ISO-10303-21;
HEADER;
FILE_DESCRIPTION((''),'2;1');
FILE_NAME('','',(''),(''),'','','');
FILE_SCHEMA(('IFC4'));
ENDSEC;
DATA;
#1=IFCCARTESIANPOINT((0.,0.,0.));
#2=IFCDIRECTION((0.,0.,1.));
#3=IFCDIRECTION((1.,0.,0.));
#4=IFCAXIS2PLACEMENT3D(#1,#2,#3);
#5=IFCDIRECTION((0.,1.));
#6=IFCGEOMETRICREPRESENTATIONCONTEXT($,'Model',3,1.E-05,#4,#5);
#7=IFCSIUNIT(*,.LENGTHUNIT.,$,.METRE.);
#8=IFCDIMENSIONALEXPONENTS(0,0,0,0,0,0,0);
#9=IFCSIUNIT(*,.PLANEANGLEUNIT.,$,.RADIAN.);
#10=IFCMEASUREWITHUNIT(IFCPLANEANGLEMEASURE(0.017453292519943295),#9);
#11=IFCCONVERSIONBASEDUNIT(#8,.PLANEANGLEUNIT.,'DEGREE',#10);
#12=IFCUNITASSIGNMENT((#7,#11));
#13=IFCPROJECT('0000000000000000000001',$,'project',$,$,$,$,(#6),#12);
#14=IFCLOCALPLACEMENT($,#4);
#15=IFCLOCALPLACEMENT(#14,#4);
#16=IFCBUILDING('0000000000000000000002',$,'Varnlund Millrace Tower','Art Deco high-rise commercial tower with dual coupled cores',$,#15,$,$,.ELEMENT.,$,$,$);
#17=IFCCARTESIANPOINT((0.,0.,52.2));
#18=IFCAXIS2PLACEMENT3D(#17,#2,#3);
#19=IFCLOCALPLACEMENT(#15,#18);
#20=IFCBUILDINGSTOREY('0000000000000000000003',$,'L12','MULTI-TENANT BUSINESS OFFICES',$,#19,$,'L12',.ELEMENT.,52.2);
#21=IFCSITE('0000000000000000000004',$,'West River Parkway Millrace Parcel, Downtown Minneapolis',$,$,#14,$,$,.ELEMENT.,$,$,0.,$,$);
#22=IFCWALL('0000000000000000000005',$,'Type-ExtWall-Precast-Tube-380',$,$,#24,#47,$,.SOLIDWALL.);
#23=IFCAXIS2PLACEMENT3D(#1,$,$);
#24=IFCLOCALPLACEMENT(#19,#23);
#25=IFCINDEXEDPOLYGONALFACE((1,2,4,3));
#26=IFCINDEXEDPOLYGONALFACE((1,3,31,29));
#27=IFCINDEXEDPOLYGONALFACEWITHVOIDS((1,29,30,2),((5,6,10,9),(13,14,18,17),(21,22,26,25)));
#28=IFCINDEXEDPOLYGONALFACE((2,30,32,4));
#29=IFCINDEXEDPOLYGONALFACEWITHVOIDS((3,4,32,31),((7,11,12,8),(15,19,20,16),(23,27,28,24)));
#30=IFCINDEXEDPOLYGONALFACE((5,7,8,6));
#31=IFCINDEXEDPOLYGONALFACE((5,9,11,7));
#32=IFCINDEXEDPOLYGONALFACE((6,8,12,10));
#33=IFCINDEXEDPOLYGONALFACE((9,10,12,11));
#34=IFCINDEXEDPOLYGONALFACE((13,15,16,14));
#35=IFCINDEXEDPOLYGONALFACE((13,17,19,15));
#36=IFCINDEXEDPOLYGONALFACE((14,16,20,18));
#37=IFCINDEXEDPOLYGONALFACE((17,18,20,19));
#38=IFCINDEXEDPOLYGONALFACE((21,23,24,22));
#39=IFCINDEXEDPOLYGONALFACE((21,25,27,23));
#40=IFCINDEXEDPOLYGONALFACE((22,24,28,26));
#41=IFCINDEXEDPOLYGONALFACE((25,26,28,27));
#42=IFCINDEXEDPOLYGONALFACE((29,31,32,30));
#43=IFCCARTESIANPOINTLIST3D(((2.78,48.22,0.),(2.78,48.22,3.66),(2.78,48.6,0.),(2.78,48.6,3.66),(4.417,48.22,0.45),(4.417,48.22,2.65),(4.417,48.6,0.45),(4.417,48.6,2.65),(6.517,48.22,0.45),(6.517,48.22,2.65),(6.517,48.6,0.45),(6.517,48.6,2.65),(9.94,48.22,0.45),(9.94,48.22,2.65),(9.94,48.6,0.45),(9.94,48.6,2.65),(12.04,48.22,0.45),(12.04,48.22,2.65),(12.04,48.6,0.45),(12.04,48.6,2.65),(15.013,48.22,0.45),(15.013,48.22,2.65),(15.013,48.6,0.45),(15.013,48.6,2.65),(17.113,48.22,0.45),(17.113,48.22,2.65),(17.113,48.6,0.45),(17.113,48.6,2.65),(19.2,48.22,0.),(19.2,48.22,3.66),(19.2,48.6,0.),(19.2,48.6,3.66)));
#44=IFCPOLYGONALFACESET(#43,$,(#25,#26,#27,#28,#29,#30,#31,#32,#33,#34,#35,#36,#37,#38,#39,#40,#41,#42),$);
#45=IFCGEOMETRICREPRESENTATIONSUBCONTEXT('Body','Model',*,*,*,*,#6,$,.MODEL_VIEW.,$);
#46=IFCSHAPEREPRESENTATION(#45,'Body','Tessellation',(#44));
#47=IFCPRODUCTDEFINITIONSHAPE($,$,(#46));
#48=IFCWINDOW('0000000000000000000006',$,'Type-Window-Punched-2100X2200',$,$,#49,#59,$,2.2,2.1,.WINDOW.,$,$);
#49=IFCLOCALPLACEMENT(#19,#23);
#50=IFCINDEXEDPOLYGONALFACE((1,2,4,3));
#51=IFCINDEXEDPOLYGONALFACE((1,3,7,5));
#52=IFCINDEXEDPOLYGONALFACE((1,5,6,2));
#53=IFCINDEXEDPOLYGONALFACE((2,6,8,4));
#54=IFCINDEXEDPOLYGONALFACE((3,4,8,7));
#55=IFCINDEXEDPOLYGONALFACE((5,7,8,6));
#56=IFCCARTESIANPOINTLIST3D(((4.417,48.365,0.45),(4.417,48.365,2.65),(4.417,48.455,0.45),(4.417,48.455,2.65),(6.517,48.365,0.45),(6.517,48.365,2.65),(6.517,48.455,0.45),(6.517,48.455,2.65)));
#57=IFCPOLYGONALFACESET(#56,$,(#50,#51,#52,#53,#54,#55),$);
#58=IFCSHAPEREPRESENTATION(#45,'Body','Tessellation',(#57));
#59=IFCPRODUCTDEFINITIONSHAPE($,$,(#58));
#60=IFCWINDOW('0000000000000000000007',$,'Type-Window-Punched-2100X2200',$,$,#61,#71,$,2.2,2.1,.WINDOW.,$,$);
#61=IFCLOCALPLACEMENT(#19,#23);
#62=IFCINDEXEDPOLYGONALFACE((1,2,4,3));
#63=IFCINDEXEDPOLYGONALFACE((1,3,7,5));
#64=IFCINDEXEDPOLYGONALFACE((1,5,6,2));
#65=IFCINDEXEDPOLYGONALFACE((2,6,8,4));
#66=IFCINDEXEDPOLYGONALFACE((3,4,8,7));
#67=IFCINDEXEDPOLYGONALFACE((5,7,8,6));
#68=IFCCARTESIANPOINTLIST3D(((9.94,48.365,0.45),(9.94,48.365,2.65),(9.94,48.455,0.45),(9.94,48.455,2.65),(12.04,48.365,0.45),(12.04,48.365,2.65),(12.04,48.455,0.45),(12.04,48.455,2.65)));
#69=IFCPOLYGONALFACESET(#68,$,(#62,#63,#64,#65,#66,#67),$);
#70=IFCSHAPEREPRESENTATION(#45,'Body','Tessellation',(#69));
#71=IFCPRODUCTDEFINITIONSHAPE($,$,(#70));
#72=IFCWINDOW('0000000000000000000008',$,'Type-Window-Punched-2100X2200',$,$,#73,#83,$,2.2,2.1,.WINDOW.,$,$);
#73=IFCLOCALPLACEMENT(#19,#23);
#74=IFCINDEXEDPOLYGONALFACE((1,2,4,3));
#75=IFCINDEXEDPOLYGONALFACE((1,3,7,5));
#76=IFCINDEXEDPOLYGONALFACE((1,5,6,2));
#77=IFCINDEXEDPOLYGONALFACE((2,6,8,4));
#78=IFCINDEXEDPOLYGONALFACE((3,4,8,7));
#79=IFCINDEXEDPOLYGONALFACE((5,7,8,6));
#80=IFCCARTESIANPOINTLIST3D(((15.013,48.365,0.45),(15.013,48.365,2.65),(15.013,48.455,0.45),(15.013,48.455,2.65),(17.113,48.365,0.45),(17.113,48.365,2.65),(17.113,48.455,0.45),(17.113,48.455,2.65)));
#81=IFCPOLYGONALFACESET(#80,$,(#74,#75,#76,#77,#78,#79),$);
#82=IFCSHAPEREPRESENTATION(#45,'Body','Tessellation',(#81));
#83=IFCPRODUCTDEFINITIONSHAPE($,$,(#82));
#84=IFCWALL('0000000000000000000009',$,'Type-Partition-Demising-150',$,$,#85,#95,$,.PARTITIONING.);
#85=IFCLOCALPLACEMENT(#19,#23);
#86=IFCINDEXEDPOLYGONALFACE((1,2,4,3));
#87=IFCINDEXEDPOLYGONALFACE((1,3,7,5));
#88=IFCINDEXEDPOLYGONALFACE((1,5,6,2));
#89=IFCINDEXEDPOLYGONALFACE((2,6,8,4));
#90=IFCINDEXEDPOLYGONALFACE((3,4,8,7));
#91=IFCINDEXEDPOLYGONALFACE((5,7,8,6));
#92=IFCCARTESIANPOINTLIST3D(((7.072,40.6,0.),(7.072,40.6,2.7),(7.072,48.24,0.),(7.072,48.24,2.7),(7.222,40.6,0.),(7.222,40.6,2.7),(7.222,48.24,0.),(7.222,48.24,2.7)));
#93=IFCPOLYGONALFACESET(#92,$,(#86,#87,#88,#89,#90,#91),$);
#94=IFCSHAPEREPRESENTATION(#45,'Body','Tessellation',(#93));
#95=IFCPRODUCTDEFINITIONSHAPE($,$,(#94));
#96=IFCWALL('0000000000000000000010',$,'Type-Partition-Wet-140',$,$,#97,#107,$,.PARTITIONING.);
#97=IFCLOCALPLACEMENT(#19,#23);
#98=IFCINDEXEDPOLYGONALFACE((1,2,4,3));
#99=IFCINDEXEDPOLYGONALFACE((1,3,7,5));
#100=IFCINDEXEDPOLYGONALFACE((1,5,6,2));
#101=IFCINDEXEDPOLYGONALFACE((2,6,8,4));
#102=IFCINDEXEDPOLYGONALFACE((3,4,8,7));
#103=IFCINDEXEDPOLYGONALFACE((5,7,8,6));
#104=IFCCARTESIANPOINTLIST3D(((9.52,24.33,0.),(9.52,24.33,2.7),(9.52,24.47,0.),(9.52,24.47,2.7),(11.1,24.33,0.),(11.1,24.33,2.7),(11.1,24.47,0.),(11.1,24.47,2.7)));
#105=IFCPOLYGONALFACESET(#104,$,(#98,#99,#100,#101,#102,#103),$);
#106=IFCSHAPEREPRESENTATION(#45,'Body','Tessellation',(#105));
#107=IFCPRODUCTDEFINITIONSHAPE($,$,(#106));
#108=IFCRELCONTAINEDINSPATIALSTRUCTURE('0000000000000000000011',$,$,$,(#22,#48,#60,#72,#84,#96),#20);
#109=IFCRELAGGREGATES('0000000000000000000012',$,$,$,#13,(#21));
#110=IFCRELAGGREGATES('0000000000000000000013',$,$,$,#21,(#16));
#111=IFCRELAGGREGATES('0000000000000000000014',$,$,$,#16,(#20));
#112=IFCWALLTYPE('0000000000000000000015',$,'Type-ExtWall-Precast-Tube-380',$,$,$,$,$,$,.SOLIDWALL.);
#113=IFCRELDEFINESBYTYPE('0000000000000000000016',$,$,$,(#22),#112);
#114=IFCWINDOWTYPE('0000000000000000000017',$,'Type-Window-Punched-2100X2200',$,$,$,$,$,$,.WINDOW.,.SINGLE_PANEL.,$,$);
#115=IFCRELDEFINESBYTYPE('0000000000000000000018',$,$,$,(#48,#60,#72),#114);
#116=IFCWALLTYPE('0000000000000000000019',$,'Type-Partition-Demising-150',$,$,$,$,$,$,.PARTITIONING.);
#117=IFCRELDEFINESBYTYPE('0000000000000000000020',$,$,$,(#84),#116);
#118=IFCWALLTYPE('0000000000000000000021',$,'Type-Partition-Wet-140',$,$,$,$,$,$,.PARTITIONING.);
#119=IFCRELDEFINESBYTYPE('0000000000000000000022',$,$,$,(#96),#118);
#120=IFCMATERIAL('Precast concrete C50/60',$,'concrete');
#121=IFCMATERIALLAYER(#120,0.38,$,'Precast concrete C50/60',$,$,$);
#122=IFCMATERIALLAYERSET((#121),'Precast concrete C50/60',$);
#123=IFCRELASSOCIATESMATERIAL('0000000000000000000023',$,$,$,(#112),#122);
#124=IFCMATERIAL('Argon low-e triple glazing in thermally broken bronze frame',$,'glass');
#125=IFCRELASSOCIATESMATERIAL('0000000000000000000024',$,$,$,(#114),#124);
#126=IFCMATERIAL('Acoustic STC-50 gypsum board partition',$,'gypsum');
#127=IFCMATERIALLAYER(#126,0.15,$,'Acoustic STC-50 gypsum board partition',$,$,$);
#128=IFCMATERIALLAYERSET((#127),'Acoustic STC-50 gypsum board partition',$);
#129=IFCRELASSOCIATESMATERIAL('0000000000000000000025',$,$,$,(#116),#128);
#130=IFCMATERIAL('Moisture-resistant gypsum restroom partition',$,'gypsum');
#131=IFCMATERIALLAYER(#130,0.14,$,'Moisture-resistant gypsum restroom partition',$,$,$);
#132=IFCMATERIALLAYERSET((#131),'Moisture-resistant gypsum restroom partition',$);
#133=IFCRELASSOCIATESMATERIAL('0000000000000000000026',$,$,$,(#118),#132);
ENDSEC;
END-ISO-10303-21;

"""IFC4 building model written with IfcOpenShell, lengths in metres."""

from ifc_helpers import new_model, entity, si_unit, converted_unit, direction, frame, origin_with_axes, origin_2d_with_axis, place, context, subcontext, project, spatial, polyline, rectangle, outline, extrude, material, layer, layer_set, type_object, element, fill, save


model = new_model("IFC4")

# Units and contexts
model_context = context("Model", 3, precision=1e-05, world=origin_with_axes(), true_north=direction((0.0, 1.0)))
body_context = subcontext(model_context, "Body", "Model", "MODEL_VIEW")
ifc_project = project(units=[si_unit("LENGTHUNIT", "METRE"), converted_unit("PLANEANGLEUNIT", "DEGREE", entity("IfcPlaneAngleMeasure", 0.017453292519943295), si_unit("PLANEANGLEUNIT", "RADIAN"), dimensions=[0, 0, 0, 0, 0, 0, 0])], contexts=[model_context])

# Site, building, storey
site_placement = place(None, origin_with_axes())
site = spatial("IfcSite", under=ifc_project, at=site_placement, Name="West River Parkway Millrace Parcel, Downtown Minneapolis", CompositionType="ELEMENT", RefElevation=0.0)
building_placement = place(site_placement, origin_with_axes())
building = spatial("IfcBuilding", under=site, at=building_placement, Name="Varnlund Millrace Tower", Description="Art Deco high-rise commercial tower with dual coupled cores", CompositionType="ELEMENT")
storey_placement = place(building_placement, frame((0.0, 0.0, 52.2), z_axis=(0.0, 0.0, 1.0), x_axis=(1.0, 0.0, 0.0)))
storey = spatial("IfcBuildingStorey", under=building, at=storey_placement, Name="L12", Description="MULTI-TENANT BUSINESS OFFICES", LongName="L12", CompositionType="ELEMENT", Elevation=52.2)

# Shared definitions
ifc_material_1 = material(Name="Precast concrete C50/60", Category="concrete")
ifc_layer_1 = layer(ifc_material_1, 0.38, Name="Precast concrete C50/60")
ifc_layer_set_1 = layer_set([ifc_layer_1], Name="Precast concrete C50/60")
wall_type_1 = type_object("IfcWallType", Name="Type-ExtWall-Precast-Tube-380", PredefinedType="SOLIDWALL", material=ifc_layer_set_1)

# Wall, openings, windows
wall_1_placement = place(storey_placement, frame((2.78, 48.41, 0.0), z_axis=(0.0, 0.0, 1.0), x_axis=(1.0, 0.0, 0.0)))
wall_1 = element("IfcWall", 1, at=wall_1_placement, inside=storey, type_object=wall_type_1, Name="Type-ExtWall-Precast-Tube-380", PredefinedType="SOLIDWALL", context=body_context, shape_type="SweptSolid", body=[
    extrude(outline(polyline([(0.0, -0.19), (16.42, -0.19), (16.42, 0.19), (0.0, 0.19), (0.0, -0.19)])), origin_with_axes(), (0.0, 0.0, 1.0), 3.66),
])
opening_1_placement = place(wall_1_placement, frame((2.687, 0.0, 0.45), z_axis=(0.0, 0.0, 1.0), x_axis=(1.0, 0.0, 0.0)))
opening_1 = element("IfcOpeningElement", 2, at=opening_1_placement, cuts=wall_1, PredefinedType="OPENING", context=body_context, shape_type="SweptSolid", body=[
    extrude(rectangle(XDim=2.1, YDim=0.4, at=origin_2d_with_axis()), origin_with_axes(), (0.0, 0.0, 1.0), 2.2),
])
opening_2_placement = place(wall_1_placement, frame((8.21, 0.0, 0.45), z_axis=(0.0, 0.0, 1.0), x_axis=(1.0, 0.0, 0.0)))
opening_2 = element("IfcOpeningElement", 3, at=opening_2_placement, cuts=wall_1, PredefinedType="OPENING", context=body_context, shape_type="SweptSolid", body=[
    extrude(rectangle(XDim=2.1, YDim=0.4, at=origin_2d_with_axis()), origin_with_axes(), (0.0, 0.0, 1.0), 2.2),
])
opening_3_placement = place(wall_1_placement, frame((13.283, 0.0, 0.45), z_axis=(0.0, 0.0, 1.0), x_axis=(1.0, 0.0, 0.0)))
opening_3 = element("IfcOpeningElement", 4, at=opening_3_placement, cuts=wall_1, PredefinedType="OPENING", context=body_context, shape_type="SweptSolid", body=[
    extrude(rectangle(XDim=2.1, YDim=0.4, at=origin_2d_with_axis()), origin_with_axes(), (0.0, 0.0, 1.0), 2.2),
])
ifc_material_2 = material(Name="Argon low-e triple glazing in thermally broken bronze frame", Category="glass")
window_type = type_object("IfcWindowType", Name="Type-Window-Punched-2100X2200", PartitioningType="SINGLE_PANEL", PredefinedType="WINDOW", material=ifc_material_2)
window_1_placement = place(wall_1_placement, frame((2.687, 0.0, 0.45), z_axis=(0.0, 0.0, 1.0), x_axis=(1.0, 0.0, 0.0)))
window_1 = element("IfcWindow", 5, at=window_1_placement, inside=storey, type_object=window_type, Name="Type-Window-Punched-2100X2200", OverallHeight=2.2, OverallWidth=2.1, PredefinedType="WINDOW", context=body_context, shape_type="SweptSolid", body=[
    extrude(rectangle(XDim=2.1, YDim=0.09, at=origin_2d_with_axis()), origin_with_axes(), (0.0, 0.0, 1.0), 2.2),
])
fill(opening_1, window_1)
window_2_placement = place(wall_1_placement, frame((8.21, 0.0, 0.45), z_axis=(0.0, 0.0, 1.0), x_axis=(1.0, 0.0, 0.0)))
window_2 = element("IfcWindow", 6, at=window_2_placement, inside=storey, type_object=window_type, Name="Type-Window-Punched-2100X2200", OverallHeight=2.2, OverallWidth=2.1, PredefinedType="WINDOW", context=body_context, shape_type="SweptSolid", body=[
    extrude(rectangle(XDim=2.1, YDim=0.09, at=origin_2d_with_axis()), origin_with_axes(), (0.0, 0.0, 1.0), 2.2),
])
fill(opening_2, window_2)
window_3_placement = place(wall_1_placement, frame((13.283, 0.0, 0.45), z_axis=(0.0, 0.0, 1.0), x_axis=(1.0, 0.0, 0.0)))
window_3 = element("IfcWindow", 7, at=window_3_placement, inside=storey, type_object=window_type, Name="Type-Window-Punched-2100X2200", OverallHeight=2.2, OverallWidth=2.1, PredefinedType="WINDOW", context=body_context, shape_type="SweptSolid", body=[
    extrude(rectangle(XDim=2.1, YDim=0.09, at=origin_2d_with_axis()), origin_with_axes(), (0.0, 0.0, 1.0), 2.2),
])
fill(opening_3, window_3)

# Walls
ifc_material_3 = material(Name="Acoustic STC-50 gypsum board partition", Category="gypsum")
ifc_layer_2 = layer(ifc_material_3, 0.15, Name="Acoustic STC-50 gypsum board partition")
ifc_layer_set_2 = layer_set([ifc_layer_2], Name="Acoustic STC-50 gypsum board partition")
wall_type_2 = type_object("IfcWallType", Name="Type-Partition-Demising-150", PredefinedType="PARTITIONING", material=ifc_layer_set_2)
wall_2_placement = place(storey_placement, frame((7.147, 40.6, 0.0), z_axis=(0.0, 0.0, 1.0), x_axis=(0.0, 1.0, 0.0)))
element("IfcWall", 8, at=wall_2_placement, inside=storey, type_object=wall_type_2, Name="Type-Partition-Demising-150", PredefinedType="PARTITIONING", context=body_context, shape_type="SweptSolid", body=[
    extrude(outline(polyline([(0.0, -0.075), (7.64, -0.075), (7.64, 0.075), (0.0, 0.075), (0.0, -0.075)])), origin_with_axes(), (0.0, 0.0, 1.0), 2.7),
])
ifc_material_4 = material(Name="Moisture-resistant gypsum restroom partition", Category="gypsum")
ifc_layer_3 = layer(ifc_material_4, 0.14, Name="Moisture-resistant gypsum restroom partition")
ifc_layer_set_3 = layer_set([ifc_layer_3], Name="Moisture-resistant gypsum restroom partition")
wall_type_3 = type_object("IfcWallType", Name="Type-Partition-Wet-140", PredefinedType="PARTITIONING", material=ifc_layer_set_3)
wall_3_placement = place(storey_placement, frame((9.52, 24.4, 0.0), z_axis=(0.0, 0.0, 1.0), x_axis=(1.0, 0.0, 0.0)))
element("IfcWall", 9, at=wall_3_placement, inside=storey, type_object=wall_type_3, Name="Type-Partition-Wet-140", PredefinedType="PARTITIONING", context=body_context, shape_type="SweptSolid", body=[
    extrude(outline(polyline([(0.0, -0.07), (1.58, -0.07), (1.58, 0.07), (0.0, 0.07), (0.0, -0.07)])), origin_with_axes(), (0.0, 0.0, 1.0), 2.7),
])

save(model, "model.ifc")
